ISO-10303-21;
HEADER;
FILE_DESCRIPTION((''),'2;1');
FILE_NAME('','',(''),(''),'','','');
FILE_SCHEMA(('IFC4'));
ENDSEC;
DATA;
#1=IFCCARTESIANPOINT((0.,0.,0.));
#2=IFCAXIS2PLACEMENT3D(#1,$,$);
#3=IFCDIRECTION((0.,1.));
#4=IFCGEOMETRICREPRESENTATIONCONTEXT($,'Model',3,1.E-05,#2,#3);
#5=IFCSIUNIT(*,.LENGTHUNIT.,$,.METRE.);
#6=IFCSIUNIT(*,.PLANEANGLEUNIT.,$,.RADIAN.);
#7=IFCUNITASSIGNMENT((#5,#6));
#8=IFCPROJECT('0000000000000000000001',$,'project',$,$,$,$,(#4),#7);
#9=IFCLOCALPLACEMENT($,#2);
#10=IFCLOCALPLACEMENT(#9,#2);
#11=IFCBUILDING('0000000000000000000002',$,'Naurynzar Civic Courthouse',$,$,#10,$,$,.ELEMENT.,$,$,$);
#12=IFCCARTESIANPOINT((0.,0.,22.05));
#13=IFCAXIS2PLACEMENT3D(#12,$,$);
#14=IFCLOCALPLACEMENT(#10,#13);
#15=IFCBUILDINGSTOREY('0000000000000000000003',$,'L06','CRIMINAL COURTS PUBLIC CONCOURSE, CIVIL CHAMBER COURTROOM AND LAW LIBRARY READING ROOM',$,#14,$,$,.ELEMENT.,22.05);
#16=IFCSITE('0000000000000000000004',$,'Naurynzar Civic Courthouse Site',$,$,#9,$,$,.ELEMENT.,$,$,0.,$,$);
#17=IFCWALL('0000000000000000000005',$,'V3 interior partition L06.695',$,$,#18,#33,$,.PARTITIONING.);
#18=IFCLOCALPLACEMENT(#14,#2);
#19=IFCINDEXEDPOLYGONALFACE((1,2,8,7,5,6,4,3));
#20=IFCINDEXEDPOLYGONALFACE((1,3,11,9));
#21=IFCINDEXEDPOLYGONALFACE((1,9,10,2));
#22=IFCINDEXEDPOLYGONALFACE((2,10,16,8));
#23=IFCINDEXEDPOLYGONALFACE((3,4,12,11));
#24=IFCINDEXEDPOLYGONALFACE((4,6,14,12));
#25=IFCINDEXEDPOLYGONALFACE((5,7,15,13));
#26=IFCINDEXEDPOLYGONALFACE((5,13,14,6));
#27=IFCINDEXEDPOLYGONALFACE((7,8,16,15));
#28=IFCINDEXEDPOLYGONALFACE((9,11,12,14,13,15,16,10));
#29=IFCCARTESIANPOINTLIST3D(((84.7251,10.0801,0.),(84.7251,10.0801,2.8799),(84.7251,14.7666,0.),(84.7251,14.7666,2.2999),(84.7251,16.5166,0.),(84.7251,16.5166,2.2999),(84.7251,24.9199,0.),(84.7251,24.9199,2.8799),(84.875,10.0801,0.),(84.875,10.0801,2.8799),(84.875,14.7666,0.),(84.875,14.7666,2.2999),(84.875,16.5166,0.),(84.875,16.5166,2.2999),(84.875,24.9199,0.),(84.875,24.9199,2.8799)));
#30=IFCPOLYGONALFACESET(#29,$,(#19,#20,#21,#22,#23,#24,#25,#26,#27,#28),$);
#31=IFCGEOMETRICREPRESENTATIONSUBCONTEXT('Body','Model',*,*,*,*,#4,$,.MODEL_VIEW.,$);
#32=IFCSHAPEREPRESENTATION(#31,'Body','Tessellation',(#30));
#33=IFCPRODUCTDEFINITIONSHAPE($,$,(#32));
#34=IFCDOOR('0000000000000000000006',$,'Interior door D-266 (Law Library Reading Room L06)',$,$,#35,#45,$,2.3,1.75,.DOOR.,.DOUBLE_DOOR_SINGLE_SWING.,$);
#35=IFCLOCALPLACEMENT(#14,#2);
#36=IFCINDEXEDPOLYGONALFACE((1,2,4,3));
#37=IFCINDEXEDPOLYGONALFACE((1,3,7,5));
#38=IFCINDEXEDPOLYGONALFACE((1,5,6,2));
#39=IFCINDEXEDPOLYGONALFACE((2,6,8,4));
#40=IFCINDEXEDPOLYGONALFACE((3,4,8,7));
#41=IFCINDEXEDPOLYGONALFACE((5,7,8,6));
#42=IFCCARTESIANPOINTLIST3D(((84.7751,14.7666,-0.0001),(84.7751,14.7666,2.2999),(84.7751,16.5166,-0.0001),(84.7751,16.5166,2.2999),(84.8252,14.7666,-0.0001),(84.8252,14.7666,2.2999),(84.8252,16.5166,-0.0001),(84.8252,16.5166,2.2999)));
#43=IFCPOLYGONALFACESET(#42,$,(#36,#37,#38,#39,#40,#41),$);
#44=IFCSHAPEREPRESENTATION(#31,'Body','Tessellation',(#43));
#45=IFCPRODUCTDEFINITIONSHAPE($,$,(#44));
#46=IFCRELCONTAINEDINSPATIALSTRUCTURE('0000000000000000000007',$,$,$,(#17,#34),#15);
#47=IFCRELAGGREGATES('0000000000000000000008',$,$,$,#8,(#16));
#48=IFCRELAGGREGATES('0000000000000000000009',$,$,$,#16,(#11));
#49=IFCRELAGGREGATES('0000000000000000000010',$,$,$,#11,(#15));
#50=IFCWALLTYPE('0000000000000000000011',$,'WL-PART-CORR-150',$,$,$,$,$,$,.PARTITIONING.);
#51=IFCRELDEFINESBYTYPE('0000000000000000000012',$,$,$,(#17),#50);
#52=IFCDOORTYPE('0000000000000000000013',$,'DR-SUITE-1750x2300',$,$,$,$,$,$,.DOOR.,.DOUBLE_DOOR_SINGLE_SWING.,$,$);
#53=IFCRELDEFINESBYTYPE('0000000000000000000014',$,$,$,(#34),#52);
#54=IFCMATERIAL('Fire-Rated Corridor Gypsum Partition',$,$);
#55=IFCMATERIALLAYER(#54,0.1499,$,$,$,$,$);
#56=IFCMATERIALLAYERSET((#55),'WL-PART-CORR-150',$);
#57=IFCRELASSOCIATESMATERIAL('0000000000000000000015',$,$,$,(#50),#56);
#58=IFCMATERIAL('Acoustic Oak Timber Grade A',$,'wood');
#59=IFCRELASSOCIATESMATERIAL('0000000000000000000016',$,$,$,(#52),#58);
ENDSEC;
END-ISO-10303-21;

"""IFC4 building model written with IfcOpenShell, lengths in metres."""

from ifc_helpers import new_model, si_unit, direction, frame, frame_2d, origin, place, context, subcontext, project, spatial, rectangle, extrude, material, layer, layer_set, type_object, element, fill, save


model = new_model("IFC4")

# Units and contexts
model_context = context("Model", 3, precision=1e-05, world=origin(), true_north=direction((0.0, 1.0)))
body_context = subcontext(model_context, "Body", "Model", "MODEL_VIEW")
ifc_project = project(units=[si_unit("LENGTHUNIT", "METRE"), si_unit("PLANEANGLEUNIT", "RADIAN")], contexts=[model_context])

# Site, building, storey
site_placement = place(None, origin())
site = spatial("IfcSite", under=ifc_project, at=site_placement, Name="Naurynzar Civic Courthouse Site", CompositionType="ELEMENT", RefElevation=0.0)
building_placement = place(site_placement, origin())
building = spatial("IfcBuilding", under=site, at=building_placement, Name="Naurynzar Civic Courthouse", CompositionType="ELEMENT")
storey_placement = place(building_placement, frame((0.0, 0.0, 22.05)))
storey = spatial("IfcBuildingStorey", under=building, at=storey_placement, Name="L06", Description="CRIMINAL COURTS PUBLIC CONCOURSE, CIVIL CHAMBER COURTROOM AND LAW LIBRARY READING ROOM", CompositionType="ELEMENT", Elevation=22.05)

# Wall, opening, door
ifc_material_1 = material(Name="Fire-Rated Corridor Gypsum Partition")
ifc_layer_1 = layer(ifc_material_1, 0.1499)
ifc_layer_set_1 = layer_set([ifc_layer_1], Name="WL-PART-CORR-150")
wall_type_1 = type_object("IfcWallType", Name="WL-PART-CORR-150", PredefinedType="PARTITIONING", material=ifc_layer_set_1)
wall_1_placement = place(storey_placement, frame((84.8, 10.0801, 0.0), z_axis=(0.0, 0.0, 1.0), x_axis=(0.0, 1.0, 0.0)))
wall_1 = element("IfcWall", 1, at=wall_1_placement, inside=storey, type_object=wall_type_1, Name="V3 interior partition L06.695", PredefinedType="PARTITIONING", context=body_context, shape_type="SweptSolid", body=[
    extrude(rectangle(XDim=14.8398, YDim=0.1499, at=frame_2d((7.4199, 0.0))), origin(), (0.0, 0.0, 1.0), 2.8799),
])
opening_1_placement = place(wall_1_placement, frame((4.6865, 0.0, 0.0)))
opening_1 = element("IfcOpeningElement", 2, at=opening_1_placement, cuts=wall_1, PredefinedType="OPENING", context=body_context, shape_type="SweptSolid", body=[
    extrude(rectangle(XDim=1.75, YDim=2.3, at=frame_2d((0.875, 1.1499))), frame((0.0, 0.085, 0.0), z_axis=(0.0, -1.0, 0.0), x_axis=(1.0, 0.0, 0.0)), (0.0, 0.0, 1.0), 0.1699),
])
ifc_material_2 = material(Name="Acoustic Oak Timber Grade A", Category="wood")
door_type = type_object("IfcDoorType", Name="DR-SUITE-1750x2300", OperationType="DOUBLE_DOOR_SINGLE_SWING", PredefinedType="DOOR", material=ifc_material_2)
door_placement = place(opening_1_placement, origin())
door = element("IfcDoor", 3, at=door_placement, inside=storey, type_object=door_type, Name="Interior door D-266 (Law Library Reading Room L06)", OperationType="DOUBLE_DOOR_SINGLE_SWING", OverallHeight=2.3, OverallWidth=1.75, PredefinedType="DOOR", context=body_context, shape_type="SweptSolid", body=[
    extrude(rectangle(XDim=1.75, YDim=2.3, at=frame_2d((0.875, 1.1499))), frame((0.0, 0.0249, 0.0), z_axis=(0.0, -1.0, 0.0), x_axis=(1.0, 0.0, 0.0)), (0.0, 0.0, 1.0), 0.05),
])
fill(opening_1, door)

save(model, "model.ifc")
